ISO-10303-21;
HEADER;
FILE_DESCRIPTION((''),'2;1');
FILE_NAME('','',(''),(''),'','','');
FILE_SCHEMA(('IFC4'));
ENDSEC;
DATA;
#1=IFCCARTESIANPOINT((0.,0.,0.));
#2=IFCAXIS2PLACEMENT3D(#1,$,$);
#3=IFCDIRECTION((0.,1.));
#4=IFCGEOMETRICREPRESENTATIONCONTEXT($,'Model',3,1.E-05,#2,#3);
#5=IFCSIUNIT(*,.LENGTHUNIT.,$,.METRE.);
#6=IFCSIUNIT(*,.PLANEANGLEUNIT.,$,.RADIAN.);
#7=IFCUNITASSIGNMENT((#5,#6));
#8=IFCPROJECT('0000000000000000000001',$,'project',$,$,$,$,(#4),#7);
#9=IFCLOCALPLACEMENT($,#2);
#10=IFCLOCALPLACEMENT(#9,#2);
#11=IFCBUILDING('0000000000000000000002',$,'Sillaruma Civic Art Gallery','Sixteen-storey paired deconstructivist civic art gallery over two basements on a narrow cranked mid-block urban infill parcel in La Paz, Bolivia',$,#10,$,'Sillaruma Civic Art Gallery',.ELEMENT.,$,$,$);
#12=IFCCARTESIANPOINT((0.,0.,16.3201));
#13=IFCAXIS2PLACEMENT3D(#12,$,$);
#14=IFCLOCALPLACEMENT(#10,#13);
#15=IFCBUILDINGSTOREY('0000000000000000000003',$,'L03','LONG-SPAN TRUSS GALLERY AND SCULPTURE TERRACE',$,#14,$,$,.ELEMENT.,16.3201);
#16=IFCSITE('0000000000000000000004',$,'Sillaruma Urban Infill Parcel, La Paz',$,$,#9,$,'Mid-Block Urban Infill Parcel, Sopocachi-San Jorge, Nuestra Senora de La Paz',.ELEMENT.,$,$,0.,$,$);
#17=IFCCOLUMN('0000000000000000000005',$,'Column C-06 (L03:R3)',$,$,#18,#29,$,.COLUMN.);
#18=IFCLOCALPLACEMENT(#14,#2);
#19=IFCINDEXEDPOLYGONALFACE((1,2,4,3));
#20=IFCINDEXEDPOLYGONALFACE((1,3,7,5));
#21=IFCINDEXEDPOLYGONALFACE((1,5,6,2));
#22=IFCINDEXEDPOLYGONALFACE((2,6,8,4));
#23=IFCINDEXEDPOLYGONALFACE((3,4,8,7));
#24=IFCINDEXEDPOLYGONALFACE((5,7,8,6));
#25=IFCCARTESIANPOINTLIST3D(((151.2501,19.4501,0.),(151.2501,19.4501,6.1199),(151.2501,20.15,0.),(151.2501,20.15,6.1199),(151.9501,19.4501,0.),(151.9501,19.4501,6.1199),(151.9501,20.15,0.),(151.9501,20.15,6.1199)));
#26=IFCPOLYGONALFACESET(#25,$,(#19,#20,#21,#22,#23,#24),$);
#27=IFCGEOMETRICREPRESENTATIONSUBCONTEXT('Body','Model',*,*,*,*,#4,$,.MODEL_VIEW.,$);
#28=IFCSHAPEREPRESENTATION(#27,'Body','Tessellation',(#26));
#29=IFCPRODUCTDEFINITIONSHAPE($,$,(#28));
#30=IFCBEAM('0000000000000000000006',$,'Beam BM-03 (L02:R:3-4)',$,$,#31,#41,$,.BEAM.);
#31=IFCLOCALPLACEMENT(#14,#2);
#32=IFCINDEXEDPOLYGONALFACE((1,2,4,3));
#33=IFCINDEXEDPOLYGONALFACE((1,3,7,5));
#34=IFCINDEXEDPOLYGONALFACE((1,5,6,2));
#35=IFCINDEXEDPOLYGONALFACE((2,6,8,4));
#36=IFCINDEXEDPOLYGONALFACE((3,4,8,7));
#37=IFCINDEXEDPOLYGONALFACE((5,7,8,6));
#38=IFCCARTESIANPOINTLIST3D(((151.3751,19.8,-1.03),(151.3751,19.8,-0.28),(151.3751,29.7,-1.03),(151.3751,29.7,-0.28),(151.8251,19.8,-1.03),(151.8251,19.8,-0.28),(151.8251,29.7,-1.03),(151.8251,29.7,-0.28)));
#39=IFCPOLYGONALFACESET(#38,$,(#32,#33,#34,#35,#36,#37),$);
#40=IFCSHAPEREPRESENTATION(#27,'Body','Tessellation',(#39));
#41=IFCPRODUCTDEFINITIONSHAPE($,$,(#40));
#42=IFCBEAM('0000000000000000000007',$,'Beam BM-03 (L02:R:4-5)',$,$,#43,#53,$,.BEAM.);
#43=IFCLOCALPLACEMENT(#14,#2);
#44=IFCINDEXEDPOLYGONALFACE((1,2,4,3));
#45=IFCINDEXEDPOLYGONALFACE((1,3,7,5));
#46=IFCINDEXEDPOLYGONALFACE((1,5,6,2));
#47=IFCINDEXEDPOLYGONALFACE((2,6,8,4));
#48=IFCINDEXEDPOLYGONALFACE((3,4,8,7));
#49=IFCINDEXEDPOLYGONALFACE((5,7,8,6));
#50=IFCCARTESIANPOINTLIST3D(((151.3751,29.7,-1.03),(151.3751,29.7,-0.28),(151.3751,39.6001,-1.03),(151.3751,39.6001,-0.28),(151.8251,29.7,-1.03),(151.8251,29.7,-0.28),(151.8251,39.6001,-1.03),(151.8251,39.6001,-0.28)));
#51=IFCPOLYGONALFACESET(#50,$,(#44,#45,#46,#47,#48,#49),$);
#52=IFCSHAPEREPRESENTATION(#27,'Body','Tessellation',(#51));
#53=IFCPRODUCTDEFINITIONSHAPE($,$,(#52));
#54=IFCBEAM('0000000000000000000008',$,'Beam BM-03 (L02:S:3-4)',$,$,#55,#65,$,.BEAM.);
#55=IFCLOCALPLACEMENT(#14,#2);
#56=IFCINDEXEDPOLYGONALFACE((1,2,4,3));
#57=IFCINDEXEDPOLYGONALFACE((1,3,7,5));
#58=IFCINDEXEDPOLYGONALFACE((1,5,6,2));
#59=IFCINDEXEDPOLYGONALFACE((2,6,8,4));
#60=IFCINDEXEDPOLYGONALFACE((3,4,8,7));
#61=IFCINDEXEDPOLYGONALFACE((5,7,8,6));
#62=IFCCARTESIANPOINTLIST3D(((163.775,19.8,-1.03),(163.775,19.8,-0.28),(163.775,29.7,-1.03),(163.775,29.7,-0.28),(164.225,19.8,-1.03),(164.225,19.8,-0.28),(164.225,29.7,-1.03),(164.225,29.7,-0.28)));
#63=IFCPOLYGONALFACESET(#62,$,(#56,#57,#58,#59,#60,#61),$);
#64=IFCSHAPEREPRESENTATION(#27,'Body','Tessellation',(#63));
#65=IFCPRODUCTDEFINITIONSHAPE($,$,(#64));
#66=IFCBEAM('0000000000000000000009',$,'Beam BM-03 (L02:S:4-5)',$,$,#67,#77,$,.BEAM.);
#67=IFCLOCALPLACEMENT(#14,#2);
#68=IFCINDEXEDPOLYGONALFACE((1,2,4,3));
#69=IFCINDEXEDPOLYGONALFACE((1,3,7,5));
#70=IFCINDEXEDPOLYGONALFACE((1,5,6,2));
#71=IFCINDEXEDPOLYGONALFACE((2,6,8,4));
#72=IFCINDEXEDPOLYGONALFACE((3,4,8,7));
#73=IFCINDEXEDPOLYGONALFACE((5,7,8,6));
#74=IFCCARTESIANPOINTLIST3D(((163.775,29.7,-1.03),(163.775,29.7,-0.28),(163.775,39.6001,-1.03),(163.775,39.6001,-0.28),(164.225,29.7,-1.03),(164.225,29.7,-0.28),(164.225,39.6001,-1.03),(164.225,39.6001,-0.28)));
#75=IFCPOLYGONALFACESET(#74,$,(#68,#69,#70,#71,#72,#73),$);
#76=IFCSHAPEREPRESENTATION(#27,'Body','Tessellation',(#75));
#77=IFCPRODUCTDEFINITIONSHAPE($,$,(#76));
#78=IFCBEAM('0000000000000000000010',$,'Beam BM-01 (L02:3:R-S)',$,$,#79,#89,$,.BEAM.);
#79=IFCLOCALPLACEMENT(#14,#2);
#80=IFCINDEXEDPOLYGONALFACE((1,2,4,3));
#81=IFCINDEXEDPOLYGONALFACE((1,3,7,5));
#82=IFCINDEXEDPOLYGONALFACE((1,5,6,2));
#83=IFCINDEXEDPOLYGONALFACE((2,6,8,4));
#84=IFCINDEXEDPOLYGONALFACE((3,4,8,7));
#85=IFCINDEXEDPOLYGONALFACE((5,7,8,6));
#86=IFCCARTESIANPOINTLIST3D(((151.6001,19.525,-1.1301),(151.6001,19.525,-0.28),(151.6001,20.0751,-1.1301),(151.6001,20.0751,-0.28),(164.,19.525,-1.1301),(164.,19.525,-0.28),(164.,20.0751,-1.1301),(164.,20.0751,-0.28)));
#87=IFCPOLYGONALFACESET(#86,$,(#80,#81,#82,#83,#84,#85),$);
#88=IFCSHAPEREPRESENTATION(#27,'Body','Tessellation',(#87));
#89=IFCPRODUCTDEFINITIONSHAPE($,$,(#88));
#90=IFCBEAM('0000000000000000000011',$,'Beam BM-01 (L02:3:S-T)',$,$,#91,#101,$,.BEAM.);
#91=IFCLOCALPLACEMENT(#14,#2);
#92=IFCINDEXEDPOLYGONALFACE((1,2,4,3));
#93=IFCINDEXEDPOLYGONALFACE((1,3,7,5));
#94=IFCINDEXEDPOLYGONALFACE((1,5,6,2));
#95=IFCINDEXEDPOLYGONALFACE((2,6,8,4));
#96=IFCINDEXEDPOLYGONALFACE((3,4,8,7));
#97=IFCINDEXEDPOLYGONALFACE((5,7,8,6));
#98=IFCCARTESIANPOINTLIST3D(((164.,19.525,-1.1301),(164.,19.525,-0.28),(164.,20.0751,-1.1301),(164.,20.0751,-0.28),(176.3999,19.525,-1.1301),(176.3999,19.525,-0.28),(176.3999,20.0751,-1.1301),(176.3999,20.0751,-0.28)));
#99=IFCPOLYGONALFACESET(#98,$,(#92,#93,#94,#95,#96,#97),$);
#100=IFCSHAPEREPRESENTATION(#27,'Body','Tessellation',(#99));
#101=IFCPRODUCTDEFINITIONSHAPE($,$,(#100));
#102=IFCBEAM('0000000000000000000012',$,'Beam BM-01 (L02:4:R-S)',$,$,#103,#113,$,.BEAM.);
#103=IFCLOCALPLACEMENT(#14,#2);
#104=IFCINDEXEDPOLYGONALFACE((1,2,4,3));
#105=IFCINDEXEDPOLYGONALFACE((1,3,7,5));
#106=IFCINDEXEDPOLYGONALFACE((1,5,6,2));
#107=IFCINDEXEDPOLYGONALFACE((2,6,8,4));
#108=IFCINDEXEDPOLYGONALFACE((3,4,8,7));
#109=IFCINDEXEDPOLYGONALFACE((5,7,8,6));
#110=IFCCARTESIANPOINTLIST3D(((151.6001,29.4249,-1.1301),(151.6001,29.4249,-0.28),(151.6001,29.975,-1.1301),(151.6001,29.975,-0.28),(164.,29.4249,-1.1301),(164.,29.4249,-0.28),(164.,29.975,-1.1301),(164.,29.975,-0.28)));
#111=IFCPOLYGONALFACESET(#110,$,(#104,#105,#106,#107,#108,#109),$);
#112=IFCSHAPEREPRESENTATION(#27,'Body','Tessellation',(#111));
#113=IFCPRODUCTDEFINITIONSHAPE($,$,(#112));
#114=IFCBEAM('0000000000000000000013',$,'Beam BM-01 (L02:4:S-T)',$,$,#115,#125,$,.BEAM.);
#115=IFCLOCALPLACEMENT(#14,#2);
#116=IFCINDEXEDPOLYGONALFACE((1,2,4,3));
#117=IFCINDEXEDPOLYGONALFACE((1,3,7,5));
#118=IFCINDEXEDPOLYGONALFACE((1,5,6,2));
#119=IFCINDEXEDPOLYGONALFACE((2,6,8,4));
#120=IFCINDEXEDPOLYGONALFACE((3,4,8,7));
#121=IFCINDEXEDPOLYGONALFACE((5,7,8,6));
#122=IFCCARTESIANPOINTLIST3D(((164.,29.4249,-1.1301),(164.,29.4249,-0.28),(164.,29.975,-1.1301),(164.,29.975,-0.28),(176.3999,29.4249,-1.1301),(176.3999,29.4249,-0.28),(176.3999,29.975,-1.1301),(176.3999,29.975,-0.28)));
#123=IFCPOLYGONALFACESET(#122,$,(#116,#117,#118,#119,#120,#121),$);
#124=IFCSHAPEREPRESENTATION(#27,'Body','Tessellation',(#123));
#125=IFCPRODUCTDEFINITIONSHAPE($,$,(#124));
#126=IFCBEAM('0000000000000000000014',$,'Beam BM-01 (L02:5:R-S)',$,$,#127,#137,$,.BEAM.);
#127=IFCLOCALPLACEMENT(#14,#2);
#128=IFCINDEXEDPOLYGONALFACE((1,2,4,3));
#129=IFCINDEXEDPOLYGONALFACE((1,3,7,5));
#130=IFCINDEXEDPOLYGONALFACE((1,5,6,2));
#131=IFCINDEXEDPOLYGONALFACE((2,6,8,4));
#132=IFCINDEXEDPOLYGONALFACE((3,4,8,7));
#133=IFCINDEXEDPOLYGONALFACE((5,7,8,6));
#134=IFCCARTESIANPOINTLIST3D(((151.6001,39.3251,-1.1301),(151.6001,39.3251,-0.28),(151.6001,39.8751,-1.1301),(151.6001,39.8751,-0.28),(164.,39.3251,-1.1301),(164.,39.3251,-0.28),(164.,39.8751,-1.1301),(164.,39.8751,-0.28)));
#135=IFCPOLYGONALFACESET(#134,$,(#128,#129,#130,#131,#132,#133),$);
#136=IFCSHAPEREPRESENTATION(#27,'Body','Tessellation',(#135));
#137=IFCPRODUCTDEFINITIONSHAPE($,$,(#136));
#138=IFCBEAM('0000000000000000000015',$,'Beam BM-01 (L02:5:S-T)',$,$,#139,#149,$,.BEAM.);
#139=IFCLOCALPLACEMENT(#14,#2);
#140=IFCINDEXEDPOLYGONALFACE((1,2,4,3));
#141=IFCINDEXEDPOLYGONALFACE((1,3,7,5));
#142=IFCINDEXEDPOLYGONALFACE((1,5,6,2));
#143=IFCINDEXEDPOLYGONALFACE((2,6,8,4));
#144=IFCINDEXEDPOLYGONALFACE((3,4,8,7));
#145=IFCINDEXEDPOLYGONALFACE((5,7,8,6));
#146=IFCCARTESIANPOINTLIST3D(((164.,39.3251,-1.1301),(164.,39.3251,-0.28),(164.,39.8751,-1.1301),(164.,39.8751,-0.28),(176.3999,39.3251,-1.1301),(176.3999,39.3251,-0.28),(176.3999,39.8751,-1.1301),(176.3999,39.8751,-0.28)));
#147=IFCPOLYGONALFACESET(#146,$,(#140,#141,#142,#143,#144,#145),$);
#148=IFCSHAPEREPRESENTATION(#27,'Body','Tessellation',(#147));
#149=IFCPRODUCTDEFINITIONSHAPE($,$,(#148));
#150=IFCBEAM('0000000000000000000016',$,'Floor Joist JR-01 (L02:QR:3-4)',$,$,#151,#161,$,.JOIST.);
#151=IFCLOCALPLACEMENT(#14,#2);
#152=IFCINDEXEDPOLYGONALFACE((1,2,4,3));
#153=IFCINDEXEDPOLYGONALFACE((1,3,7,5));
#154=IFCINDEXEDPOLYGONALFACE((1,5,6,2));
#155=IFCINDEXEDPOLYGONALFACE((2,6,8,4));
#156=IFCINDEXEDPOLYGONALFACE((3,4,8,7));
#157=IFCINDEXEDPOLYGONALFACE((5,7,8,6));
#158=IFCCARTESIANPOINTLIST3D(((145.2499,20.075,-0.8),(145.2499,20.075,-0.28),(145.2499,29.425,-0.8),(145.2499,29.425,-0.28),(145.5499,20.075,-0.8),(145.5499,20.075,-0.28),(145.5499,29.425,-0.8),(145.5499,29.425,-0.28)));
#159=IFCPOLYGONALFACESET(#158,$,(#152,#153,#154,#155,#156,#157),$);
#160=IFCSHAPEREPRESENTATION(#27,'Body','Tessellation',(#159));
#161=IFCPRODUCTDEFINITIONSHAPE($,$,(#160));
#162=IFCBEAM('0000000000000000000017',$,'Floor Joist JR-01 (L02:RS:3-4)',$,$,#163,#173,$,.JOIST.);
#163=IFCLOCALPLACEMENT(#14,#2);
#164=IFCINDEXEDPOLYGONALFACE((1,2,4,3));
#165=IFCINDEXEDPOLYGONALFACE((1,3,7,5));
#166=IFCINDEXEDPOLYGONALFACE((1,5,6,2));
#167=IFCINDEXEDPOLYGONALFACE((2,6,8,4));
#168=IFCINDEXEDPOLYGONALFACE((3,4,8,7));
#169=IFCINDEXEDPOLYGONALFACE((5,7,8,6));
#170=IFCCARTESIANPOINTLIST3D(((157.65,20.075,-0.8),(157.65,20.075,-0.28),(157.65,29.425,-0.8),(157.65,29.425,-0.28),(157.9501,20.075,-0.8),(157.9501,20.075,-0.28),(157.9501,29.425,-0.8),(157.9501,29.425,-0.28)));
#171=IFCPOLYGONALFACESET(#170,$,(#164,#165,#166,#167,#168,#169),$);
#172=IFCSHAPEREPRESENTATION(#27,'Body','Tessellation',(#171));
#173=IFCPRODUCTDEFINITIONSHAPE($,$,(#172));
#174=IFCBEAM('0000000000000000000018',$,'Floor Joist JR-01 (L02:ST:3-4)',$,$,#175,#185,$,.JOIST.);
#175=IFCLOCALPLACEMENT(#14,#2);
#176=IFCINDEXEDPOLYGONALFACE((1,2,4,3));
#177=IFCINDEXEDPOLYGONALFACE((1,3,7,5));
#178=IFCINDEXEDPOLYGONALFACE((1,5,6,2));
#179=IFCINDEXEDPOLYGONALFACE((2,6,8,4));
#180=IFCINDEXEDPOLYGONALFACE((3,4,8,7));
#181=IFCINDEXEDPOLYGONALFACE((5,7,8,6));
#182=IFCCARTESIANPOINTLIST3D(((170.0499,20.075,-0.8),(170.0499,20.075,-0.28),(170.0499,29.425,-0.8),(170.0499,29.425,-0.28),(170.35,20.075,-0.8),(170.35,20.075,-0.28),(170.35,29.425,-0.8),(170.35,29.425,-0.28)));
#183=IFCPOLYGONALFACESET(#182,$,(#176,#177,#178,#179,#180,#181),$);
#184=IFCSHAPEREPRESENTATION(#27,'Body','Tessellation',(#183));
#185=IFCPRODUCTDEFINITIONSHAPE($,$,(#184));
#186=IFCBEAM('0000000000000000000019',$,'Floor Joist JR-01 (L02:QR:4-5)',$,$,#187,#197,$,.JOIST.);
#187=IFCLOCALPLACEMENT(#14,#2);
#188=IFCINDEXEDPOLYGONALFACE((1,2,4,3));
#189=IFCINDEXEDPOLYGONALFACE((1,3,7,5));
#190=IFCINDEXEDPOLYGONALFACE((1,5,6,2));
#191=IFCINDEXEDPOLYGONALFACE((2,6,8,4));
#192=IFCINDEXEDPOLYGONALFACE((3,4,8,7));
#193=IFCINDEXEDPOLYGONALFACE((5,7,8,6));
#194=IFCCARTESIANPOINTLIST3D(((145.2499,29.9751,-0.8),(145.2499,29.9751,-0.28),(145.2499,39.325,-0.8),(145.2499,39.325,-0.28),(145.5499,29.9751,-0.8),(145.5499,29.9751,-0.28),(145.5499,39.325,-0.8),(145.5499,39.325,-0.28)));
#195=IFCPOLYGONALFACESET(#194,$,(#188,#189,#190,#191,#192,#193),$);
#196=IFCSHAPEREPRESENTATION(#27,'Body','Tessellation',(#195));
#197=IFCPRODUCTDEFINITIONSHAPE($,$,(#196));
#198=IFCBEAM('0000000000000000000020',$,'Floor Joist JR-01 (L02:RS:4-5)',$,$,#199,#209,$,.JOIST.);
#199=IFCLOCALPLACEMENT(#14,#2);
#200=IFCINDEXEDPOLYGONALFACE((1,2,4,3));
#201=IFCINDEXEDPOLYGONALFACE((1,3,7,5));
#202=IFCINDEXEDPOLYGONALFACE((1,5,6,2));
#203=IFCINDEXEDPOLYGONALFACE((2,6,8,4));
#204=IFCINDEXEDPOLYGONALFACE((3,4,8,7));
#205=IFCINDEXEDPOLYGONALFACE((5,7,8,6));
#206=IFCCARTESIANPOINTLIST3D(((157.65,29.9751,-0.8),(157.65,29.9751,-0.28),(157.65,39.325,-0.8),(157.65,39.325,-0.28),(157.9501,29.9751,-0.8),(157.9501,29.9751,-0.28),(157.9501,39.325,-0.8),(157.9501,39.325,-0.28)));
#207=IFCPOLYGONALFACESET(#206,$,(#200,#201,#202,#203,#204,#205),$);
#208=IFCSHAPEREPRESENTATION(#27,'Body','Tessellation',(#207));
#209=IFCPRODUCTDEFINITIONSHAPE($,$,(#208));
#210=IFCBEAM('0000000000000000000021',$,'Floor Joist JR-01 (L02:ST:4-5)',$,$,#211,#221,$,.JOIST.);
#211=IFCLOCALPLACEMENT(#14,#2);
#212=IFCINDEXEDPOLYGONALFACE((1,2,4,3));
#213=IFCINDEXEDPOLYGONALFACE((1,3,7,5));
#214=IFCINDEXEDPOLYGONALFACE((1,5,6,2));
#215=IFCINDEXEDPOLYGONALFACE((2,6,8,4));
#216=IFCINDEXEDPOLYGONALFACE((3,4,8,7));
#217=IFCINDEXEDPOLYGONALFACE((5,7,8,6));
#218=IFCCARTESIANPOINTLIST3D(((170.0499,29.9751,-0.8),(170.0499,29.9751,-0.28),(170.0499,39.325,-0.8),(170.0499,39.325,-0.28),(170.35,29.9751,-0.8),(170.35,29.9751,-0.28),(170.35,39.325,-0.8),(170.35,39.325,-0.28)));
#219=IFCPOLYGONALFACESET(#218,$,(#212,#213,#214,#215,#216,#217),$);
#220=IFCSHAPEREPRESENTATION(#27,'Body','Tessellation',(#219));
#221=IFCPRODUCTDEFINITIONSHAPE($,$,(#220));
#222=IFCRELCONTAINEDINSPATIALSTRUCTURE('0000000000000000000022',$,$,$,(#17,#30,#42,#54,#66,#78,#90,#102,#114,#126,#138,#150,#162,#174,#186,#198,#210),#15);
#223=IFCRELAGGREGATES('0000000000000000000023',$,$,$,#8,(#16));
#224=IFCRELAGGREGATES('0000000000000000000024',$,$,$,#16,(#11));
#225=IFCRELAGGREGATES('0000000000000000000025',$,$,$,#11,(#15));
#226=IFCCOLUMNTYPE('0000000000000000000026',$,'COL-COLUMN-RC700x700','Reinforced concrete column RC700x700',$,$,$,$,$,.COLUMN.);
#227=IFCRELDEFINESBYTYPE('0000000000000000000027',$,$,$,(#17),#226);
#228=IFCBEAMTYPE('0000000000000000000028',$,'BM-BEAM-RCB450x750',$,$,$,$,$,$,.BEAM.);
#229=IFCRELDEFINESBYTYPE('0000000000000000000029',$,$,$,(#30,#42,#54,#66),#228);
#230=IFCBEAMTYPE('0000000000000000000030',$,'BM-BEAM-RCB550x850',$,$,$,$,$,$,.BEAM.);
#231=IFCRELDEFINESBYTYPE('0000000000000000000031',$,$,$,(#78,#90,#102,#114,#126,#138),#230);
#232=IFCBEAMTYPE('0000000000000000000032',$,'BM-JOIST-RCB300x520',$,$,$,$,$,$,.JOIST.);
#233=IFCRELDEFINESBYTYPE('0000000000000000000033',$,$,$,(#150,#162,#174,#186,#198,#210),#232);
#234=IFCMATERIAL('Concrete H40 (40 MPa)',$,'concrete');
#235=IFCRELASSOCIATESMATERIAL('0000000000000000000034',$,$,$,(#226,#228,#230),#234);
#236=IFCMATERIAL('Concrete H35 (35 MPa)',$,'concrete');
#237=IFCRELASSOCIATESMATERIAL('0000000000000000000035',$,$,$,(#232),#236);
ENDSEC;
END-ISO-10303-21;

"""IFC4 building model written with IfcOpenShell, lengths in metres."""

from ifc_helpers import new_model, si_unit, direction, frame, origin, origin_2d, place, context, subcontext, project, spatial, rectangle, extrude, material, material_profile, profile_set, type_object, element, save


model = new_model("IFC4")

# Units and contexts
model_context = context("Model", 3, precision=1e-05, world=origin(), true_north=direction((0.0, 1.0)))
body_context = subcontext(model_context, "Body", "Model", "MODEL_VIEW")
ifc_project = project(units=[si_unit("LENGTHUNIT", "METRE"), si_unit("PLANEANGLEUNIT", "RADIAN")], contexts=[model_context])

# Site, building, storey
site_placement = place(None, origin())
site = spatial("IfcSite", under=ifc_project, at=site_placement, Name="Sillaruma Urban Infill Parcel, La Paz", LongName="Mid-Block Urban Infill Parcel, Sopocachi-San Jorge, Nuestra Senora de La Paz", CompositionType="ELEMENT", RefElevation=0.0)
building_placement = place(site_placement, origin())
building = spatial("IfcBuilding", under=site, at=building_placement, Name="Sillaruma Civic Art Gallery", Description="Sixteen-storey paired deconstructivist civic art gallery over two basements on a narrow cranked mid-block urban infill parcel in La Paz, Bolivia", LongName="Sillaruma Civic Art Gallery", CompositionType="ELEMENT")
storey_placement = place(building_placement, frame((0.0, 0.0, 16.3201)))
storey = spatial("IfcBuildingStorey", under=building, at=storey_placement, Name="L03", Description="LONG-SPAN TRUSS GALLERY AND SCULPTURE TERRACE", CompositionType="ELEMENT", Elevation=16.3201)

# Column
ifc_material_1 = material(Name="Concrete H40 (40 MPa)", Category="concrete")
ifc_material_profile_1 = material_profile(ifc_material_1, rectangle(XDim=0.7, YDim=0.7, at=origin_2d()), Name="RC700x700")
ifc_profile_set_1 = profile_set([ifc_material_profile_1], Name="Concrete H40 (40 MPa)")
column_type = type_object("IfcColumnType", Name="COL-COLUMN-RC700x700", Description="Reinforced concrete column RC700x700", PredefinedType="COLUMN", material=ifc_profile_set_1)
column_placement = place(storey_placement, frame((151.6001, 19.8, 0.0), z_axis=(0.0, 0.0, 1.0), x_axis=(1.0, 0.0, 0.0)))
element("IfcColumn", 1, at=column_placement, inside=storey, type_object=column_type, Name="Column C-06 (L03:R3)", PredefinedType="COLUMN", context=body_context, shape_type="SweptSolid", body=[
    extrude(rectangle(XDim=0.7, YDim=0.7, at=origin_2d()), origin(), (0.0, 0.0, 1.0), 6.1199),
])

# Beams
ifc_material_profile_2 = material_profile(ifc_material_1, rectangle(XDim=0.45, YDim=0.75, at=origin_2d()), Name="RCB450x750")
ifc_profile_set_2 = profile_set([ifc_material_profile_2], Name="Concrete H40 (40 MPa)")
beam_type_1 = type_object("IfcBeamType", Name="BM-BEAM-RCB450x750", PredefinedType="BEAM", material=ifc_profile_set_2)
beam_1_placement = place(storey_placement, frame((151.6001, 19.8, -0.655), z_axis=(0.0, 1.0, 0.0), x_axis=(-1.0, 0.0, 0.0)))
element("IfcBeam", 2, at=beam_1_placement, inside=storey, type_object=beam_type_1, Name="Beam BM-03 (L02:R:3-4)", PredefinedType="BEAM", context=body_context, shape_type="SweptSolid", body=[
    extrude(rectangle(XDim=0.45, YDim=0.75, at=origin_2d()), origin(), (0.0, 0.0, 1.0), 9.8999),
])
beam_2_placement = place(storey_placement, frame((151.6001, 29.7, -0.655), z_axis=(0.0, 1.0, 0.0), x_axis=(-1.0, 0.0, 0.0)))
element("IfcBeam", 3, at=beam_2_placement, inside=storey, type_object=beam_type_1, Name="Beam BM-03 (L02:R:4-5)", PredefinedType="BEAM", context=body_context, shape_type="SweptSolid", body=[
    extrude(rectangle(XDim=0.45, YDim=0.75, at=origin_2d()), origin(), (0.0, 0.0, 1.0), 9.9001),
])
beam_3_placement = place(storey_placement, frame((164.0, 19.8, -0.655), z_axis=(0.0, 1.0, 0.0), x_axis=(-1.0, 0.0, 0.0)))
element("IfcBeam", 4, at=beam_3_placement, inside=storey, type_object=beam_type_1, Name="Beam BM-03 (L02:S:3-4)", PredefinedType="BEAM", context=body_context, shape_type="SweptSolid", body=[
    extrude(rectangle(XDim=0.45, YDim=0.75, at=origin_2d()), origin(), (0.0, 0.0, 1.0), 9.8999),
])
beam_4_placement = place(storey_placement, frame((164.0, 29.7, -0.655), z_axis=(0.0, 1.0, 0.0), x_axis=(-1.0, 0.0, 0.0)))
element("IfcBeam", 5, at=beam_4_placement, inside=storey, type_object=beam_type_1, Name="Beam BM-03 (L02:S:4-5)", PredefinedType="BEAM", context=body_context, shape_type="SweptSolid", body=[
    extrude(rectangle(XDim=0.45, YDim=0.75, at=origin_2d()), origin(), (0.0, 0.0, 1.0), 9.9001),
])
ifc_material_profile_3 = material_profile(ifc_material_1, rectangle(XDim=0.55, YDim=0.8501, at=origin_2d()), Name="RCB550x850")
ifc_profile_set_3 = profile_set([ifc_material_profile_3], Name="Concrete H40 (40 MPa)")
beam_type_2 = type_object("IfcBeamType", Name="BM-BEAM-RCB550x850", PredefinedType="BEAM", material=ifc_profile_set_3)
for number, where, z_axis, x_axis, name in (
    (6, (151.6001, 19.8, -0.7051), (1.0, 0.0, 0.0), (0.0, 1.0, 0.0), "Beam BM-01 (L02:3:R-S)"),
    (7, (164.0, 19.8, -0.7051), (1.0, 0.0, 0.0), (0.0, 1.0, 0.0), "Beam BM-01 (L02:3:S-T)"),
    (8, (151.6001, 29.7, -0.7051), (1.0, 0.0, 0.0), (0.0, 1.0, 0.0), "Beam BM-01 (L02:4:R-S)"),
    (9, (164.0, 29.7, -0.7051), (1.0, 0.0, 0.0), (0.0, 1.0, 0.0), "Beam BM-01 (L02:4:S-T)"),
    (10, (151.6001, 39.6001, -0.7051), (1.0, 0.0, 0.0), (0.0, 1.0, 0.0), "Beam BM-01 (L02:5:R-S)"),
    (11, (164.0, 39.6001, -0.7051), (1.0, 0.0, 0.0), (0.0, 1.0, 0.0), "Beam BM-01 (L02:5:S-T)"),
):
    element("IfcBeam", number, at=place(storey_placement, frame(where, z_axis=z_axis, x_axis=x_axis)), inside=storey, type_object=beam_type_2, Name=name, PredefinedType="BEAM", context=body_context, shape_type="SweptSolid", body=[
        extrude(rectangle(XDim=0.55, YDim=0.8501, at=origin_2d()), origin(), (0.0, 0.0, 1.0), 12.3999),
    ])
ifc_material_2 = material(Name="Concrete H35 (35 MPa)", Category="concrete")
ifc_material_profile_4 = material_profile(ifc_material_2, rectangle(XDim=0.3, YDim=0.52, at=origin_2d()), Name="RCB300x520")
ifc_profile_set_4 = profile_set([ifc_material_profile_4], Name="Concrete H35 (35 MPa)")
beam_type_3 = type_object("IfcBeamType", Name="BM-JOIST-RCB300x520", PredefinedType="JOIST", material=ifc_profile_set_4)
for number, where, z_axis, x_axis, name in (
    (12, (145.3999, 20.075, -0.54), (0.0, 1.0, 0.0), (-1.0, 0.0, 0.0), "Floor Joist JR-01 (L02:QR:3-4)"),
    (13, (157.8, 20.075, -0.54), (0.0, 1.0, 0.0), (-1.0, 0.0, 0.0), "Floor Joist JR-01 (L02:RS:3-4)"),
    (14, (170.2, 20.075, -0.54), (0.0, 1.0, 0.0), (-1.0, 0.0, 0.0), "Floor Joist JR-01 (L02:ST:3-4)"),
):
    element("IfcBeam", number, at=place(storey_placement, frame(where, z_axis=z_axis, x_axis=x_axis)), inside=storey, type_object=beam_type_3, Name=name, PredefinedType="JOIST", context=body_context, shape_type="SweptSolid", body=[
        extrude(rectangle(XDim=0.3, YDim=0.52, at=origin_2d()), origin(), (0.0, 0.0, 1.0), 9.3501),
    ])
for number, where, z_axis, x_axis, name in (
    (15, (145.3999, 29.9751, -0.54), (0.0, 1.0, 0.0), (-1.0, 0.0, 0.0), "Floor Joist JR-01 (L02:QR:4-5)"),
    (16, (157.8, 29.9751, -0.54), (0.0, 1.0, 0.0), (-1.0, 0.0, 0.0), "Floor Joist JR-01 (L02:RS:4-5)"),
    (17, (170.2, 29.9751, -0.54), (0.0, 1.0, 0.0), (-1.0, 0.0, 0.0), "Floor Joist JR-01 (L02:ST:4-5)"),
):
    element("IfcBeam", number, at=place(storey_placement, frame(where, z_axis=z_axis, x_axis=x_axis)), inside=storey, type_object=beam_type_3, Name=name, PredefinedType="JOIST", context=body_context, shape_type="SweptSolid", body=[
        extrude(rectangle(XDim=0.3, YDim=0.52, at=origin_2d()), origin(), (0.0, 0.0, 1.0), 9.3499),
    ])

save(model, "model.ifc")
